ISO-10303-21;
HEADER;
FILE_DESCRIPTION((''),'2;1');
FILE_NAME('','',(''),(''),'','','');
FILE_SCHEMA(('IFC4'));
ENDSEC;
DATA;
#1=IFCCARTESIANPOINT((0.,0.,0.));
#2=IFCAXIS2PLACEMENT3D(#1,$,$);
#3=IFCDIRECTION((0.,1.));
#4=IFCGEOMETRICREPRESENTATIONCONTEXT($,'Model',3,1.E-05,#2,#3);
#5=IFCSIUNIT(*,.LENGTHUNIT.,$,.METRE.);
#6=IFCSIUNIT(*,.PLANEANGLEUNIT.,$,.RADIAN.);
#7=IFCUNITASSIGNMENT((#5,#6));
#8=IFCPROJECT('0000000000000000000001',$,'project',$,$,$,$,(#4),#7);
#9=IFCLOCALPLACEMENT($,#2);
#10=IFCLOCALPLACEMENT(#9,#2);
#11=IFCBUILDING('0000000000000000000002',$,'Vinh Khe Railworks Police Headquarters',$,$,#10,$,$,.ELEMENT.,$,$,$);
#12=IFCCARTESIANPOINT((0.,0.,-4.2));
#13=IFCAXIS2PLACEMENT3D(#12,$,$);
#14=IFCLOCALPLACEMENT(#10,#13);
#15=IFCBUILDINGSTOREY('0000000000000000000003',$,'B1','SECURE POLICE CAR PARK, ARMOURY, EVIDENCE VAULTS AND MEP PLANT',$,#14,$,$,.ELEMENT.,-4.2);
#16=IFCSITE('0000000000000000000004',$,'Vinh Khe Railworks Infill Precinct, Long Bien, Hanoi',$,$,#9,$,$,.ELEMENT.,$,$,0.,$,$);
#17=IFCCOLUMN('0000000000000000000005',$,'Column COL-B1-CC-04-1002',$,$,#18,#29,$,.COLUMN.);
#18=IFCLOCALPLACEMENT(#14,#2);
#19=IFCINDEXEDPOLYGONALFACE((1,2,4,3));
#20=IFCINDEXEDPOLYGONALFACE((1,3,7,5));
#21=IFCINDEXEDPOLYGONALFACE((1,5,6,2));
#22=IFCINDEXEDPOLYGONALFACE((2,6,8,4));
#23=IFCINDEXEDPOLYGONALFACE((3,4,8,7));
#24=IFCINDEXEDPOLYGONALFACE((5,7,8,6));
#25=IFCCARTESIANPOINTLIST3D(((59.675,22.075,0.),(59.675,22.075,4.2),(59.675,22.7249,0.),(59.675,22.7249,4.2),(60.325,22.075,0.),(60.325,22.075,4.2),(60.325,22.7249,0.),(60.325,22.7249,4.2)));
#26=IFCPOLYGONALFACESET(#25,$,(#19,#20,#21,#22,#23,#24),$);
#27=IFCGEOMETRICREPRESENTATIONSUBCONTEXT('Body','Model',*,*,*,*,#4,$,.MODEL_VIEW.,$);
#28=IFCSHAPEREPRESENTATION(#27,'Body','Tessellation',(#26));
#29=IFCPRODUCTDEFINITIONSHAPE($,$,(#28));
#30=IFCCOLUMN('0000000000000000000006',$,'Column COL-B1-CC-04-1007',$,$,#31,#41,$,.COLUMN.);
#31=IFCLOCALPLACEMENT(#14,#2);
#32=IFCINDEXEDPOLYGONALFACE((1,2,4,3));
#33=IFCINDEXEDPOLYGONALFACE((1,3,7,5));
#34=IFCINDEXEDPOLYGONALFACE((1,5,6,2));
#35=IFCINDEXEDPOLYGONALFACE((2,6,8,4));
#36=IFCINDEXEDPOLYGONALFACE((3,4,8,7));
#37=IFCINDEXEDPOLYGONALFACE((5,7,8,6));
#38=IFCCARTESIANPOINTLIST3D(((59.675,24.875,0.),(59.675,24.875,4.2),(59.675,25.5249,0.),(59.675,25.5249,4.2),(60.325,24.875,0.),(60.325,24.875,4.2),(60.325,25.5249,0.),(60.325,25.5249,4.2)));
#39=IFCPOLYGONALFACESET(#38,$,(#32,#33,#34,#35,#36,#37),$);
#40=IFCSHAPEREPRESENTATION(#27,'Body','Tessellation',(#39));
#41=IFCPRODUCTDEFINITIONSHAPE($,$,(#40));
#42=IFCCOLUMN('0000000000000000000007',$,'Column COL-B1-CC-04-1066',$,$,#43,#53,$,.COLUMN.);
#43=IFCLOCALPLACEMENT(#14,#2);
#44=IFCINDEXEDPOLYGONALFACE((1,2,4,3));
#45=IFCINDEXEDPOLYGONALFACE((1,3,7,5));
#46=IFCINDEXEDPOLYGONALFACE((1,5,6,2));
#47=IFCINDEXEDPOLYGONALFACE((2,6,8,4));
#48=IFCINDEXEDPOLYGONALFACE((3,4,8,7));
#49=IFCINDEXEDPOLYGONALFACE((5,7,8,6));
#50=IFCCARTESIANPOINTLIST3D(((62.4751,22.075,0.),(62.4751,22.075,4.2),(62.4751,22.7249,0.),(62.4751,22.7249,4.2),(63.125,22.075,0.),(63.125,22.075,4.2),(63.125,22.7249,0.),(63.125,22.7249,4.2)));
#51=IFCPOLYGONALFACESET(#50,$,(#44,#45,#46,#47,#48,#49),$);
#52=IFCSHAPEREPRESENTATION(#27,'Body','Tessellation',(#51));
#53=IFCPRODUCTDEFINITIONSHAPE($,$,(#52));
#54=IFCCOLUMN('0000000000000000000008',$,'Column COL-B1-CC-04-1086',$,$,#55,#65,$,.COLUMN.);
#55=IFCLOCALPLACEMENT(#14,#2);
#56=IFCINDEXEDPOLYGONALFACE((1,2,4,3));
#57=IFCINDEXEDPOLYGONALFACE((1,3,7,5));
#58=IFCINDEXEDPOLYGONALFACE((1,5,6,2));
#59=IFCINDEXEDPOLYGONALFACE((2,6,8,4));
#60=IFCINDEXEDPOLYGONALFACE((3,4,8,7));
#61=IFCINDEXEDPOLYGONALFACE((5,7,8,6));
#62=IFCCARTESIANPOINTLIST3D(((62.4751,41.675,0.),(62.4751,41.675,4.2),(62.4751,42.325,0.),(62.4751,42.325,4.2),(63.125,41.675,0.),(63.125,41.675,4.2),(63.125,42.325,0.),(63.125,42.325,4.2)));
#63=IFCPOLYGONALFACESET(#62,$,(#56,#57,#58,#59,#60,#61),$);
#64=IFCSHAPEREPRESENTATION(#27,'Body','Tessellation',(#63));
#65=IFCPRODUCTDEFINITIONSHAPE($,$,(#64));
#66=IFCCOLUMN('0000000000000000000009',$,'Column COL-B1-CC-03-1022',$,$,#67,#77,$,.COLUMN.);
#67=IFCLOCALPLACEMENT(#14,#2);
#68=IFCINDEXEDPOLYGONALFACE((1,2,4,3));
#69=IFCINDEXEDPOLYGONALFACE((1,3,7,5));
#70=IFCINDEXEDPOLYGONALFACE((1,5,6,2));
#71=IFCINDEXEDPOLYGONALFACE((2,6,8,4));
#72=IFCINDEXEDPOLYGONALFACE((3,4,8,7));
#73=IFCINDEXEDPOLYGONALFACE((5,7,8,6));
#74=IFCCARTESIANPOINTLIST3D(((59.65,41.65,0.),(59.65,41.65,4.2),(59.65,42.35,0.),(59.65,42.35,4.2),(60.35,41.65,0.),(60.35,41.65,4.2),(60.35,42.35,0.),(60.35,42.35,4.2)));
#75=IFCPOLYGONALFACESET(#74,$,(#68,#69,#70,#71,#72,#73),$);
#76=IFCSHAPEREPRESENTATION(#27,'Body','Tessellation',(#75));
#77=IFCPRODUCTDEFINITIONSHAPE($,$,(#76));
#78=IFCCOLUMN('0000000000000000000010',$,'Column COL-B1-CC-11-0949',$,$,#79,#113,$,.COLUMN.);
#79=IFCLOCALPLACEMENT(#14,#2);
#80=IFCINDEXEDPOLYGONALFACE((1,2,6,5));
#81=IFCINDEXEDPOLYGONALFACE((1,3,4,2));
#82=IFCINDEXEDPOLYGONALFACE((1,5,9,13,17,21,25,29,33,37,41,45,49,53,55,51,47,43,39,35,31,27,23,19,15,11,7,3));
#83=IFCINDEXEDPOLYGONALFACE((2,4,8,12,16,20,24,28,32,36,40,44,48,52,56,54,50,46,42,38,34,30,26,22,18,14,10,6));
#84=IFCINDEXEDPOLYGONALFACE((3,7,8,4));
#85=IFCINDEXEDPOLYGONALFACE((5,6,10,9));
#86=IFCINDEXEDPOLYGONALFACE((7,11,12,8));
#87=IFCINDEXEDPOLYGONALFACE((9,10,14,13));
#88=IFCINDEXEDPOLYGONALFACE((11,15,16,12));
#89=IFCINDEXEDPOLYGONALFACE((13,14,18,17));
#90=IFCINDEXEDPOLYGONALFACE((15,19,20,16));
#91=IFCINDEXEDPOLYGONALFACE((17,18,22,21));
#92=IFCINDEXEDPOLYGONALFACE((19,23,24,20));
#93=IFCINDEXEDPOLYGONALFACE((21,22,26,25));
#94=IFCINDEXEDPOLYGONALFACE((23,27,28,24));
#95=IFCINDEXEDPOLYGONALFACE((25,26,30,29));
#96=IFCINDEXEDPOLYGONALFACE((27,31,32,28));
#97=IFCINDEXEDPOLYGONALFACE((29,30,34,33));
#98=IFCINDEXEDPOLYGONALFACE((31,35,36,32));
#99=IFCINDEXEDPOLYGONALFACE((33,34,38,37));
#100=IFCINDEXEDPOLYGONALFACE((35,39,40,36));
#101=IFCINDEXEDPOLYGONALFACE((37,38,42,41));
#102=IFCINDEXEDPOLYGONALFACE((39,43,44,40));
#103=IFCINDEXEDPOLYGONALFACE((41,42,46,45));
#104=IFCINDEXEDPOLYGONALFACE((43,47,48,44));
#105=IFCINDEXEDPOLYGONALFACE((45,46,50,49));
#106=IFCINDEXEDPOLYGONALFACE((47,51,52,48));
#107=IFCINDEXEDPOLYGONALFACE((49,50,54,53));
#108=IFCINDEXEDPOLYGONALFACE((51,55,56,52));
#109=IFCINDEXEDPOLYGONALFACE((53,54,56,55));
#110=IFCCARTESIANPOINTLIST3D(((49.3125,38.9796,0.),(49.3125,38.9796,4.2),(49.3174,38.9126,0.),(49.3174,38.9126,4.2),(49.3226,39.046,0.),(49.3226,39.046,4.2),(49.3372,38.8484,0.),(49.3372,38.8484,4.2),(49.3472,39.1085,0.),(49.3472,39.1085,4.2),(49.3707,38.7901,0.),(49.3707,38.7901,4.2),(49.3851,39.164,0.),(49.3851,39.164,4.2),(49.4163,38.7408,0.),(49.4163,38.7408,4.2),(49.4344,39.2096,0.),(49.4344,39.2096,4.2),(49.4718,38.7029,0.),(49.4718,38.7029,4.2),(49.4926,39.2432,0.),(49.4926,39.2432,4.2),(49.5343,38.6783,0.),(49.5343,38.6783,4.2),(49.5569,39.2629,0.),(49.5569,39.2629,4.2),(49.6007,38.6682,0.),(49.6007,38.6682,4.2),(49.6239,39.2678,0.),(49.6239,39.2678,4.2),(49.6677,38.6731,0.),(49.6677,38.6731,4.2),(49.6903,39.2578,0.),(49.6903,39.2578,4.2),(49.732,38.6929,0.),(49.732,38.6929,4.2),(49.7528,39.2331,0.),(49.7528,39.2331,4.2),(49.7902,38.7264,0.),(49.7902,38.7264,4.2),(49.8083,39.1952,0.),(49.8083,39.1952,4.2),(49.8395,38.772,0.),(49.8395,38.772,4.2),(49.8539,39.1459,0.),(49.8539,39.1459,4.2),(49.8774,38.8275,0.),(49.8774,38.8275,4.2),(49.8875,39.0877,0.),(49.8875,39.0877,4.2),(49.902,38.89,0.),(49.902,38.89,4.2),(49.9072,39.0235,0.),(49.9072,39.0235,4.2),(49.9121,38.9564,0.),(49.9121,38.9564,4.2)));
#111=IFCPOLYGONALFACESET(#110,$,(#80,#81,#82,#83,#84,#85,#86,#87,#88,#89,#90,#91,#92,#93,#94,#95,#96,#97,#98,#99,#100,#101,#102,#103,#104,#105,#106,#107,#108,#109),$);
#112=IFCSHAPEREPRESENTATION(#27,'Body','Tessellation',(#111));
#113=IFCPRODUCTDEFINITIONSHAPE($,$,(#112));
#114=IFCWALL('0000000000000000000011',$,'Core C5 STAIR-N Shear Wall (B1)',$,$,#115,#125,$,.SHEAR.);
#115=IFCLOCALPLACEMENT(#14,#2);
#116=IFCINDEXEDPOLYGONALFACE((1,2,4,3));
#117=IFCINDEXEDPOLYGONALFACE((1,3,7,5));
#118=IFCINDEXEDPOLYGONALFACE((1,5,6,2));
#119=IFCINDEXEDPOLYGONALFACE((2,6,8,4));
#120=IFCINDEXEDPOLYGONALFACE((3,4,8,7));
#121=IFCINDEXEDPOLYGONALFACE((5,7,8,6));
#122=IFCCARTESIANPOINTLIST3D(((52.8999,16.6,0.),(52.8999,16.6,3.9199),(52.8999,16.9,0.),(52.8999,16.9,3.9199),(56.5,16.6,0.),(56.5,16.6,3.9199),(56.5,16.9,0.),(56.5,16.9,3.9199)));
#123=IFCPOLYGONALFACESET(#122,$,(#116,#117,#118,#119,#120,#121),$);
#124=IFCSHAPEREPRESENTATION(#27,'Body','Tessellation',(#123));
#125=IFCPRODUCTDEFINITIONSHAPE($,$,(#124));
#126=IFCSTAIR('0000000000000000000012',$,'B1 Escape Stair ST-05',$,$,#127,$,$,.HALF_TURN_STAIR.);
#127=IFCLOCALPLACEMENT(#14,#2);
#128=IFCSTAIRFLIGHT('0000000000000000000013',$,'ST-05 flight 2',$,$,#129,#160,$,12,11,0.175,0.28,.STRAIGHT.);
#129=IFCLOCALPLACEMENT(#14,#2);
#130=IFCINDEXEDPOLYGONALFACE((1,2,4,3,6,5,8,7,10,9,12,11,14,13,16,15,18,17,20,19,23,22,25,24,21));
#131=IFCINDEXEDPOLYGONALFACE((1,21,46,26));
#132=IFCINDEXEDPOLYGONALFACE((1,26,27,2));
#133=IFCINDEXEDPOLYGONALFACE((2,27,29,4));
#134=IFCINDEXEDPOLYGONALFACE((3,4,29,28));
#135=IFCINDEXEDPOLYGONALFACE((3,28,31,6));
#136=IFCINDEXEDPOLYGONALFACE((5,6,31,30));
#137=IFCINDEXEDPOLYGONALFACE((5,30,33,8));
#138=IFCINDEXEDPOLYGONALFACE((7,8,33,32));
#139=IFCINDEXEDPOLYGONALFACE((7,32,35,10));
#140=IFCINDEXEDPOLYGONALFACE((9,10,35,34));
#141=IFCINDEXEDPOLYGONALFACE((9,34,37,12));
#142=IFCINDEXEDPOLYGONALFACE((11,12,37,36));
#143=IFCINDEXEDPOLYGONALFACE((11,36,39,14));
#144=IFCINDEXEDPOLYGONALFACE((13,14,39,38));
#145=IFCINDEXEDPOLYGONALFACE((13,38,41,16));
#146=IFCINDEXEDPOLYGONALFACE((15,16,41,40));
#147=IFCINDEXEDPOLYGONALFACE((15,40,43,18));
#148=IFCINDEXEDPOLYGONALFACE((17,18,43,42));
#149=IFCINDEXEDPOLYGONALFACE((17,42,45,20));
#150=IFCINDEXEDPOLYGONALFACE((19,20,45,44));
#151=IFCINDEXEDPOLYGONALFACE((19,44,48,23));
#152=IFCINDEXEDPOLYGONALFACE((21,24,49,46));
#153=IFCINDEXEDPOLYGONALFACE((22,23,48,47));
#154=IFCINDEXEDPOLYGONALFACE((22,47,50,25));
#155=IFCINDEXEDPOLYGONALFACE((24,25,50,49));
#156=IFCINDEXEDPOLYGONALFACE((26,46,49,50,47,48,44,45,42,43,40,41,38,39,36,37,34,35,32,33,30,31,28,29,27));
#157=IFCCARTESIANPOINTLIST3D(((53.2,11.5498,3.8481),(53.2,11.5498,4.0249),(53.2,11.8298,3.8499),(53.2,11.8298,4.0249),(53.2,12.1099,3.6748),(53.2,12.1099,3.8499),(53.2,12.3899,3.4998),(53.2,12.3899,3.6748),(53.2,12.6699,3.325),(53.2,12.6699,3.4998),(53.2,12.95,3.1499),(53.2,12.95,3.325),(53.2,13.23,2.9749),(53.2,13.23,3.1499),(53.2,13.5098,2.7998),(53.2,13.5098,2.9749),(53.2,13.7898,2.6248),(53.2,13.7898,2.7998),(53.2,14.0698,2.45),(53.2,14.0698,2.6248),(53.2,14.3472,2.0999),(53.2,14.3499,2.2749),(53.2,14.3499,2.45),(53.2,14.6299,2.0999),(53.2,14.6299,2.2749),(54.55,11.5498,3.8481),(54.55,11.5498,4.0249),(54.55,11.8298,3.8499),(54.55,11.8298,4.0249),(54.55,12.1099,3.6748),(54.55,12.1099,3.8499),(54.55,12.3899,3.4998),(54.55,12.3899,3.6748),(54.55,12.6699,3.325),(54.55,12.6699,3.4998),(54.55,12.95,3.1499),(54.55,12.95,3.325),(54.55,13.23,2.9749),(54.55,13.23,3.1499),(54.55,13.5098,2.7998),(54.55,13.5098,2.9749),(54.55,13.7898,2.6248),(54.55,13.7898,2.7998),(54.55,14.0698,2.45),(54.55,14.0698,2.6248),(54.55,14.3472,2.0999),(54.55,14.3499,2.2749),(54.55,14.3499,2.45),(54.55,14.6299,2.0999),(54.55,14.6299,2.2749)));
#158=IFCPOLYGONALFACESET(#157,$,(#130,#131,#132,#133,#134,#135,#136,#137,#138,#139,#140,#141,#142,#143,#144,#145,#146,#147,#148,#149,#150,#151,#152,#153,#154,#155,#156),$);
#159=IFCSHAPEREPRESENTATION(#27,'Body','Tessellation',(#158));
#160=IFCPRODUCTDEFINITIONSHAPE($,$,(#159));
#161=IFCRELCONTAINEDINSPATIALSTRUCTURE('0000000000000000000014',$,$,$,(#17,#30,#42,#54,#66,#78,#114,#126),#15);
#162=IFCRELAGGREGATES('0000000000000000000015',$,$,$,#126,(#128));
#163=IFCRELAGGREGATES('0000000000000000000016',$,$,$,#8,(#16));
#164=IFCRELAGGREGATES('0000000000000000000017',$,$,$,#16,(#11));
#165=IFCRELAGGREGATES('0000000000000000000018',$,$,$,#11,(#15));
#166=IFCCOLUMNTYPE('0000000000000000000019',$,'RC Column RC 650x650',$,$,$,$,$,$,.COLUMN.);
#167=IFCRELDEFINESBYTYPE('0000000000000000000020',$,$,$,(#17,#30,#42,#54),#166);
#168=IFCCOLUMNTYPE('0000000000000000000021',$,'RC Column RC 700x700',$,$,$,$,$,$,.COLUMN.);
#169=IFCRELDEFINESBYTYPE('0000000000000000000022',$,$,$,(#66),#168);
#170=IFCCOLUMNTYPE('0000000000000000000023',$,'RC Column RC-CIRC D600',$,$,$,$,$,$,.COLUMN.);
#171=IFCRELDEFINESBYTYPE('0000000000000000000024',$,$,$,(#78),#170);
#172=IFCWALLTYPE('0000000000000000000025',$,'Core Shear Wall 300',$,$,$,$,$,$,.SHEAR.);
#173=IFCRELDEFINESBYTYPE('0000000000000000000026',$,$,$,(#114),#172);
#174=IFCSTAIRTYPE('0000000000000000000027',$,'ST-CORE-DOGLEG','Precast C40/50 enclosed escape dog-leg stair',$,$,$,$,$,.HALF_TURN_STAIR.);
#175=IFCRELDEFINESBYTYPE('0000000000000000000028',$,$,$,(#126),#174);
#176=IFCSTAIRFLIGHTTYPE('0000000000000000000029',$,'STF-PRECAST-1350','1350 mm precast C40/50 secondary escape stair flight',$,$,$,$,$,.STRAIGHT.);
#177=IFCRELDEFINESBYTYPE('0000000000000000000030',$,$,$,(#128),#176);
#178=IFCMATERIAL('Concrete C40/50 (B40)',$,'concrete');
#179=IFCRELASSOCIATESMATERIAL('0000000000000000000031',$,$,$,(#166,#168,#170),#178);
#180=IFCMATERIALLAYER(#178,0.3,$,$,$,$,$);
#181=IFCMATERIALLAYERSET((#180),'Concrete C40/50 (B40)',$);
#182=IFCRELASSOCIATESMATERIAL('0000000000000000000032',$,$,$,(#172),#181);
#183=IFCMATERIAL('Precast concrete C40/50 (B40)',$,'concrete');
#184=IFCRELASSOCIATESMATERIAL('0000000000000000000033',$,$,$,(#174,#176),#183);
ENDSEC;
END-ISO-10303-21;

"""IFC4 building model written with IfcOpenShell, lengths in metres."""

from ifc_helpers import new_model, si_unit, direction, frame, frame_2d, origin, origin_2d, place, context, subcontext, project, spatial, polyline, rectangle, circle, outline, extrude, material, layer, layer_set, material_profile, profile_set, type_object, element, aggregate, save


model = new_model("IFC4")

# Units and contexts
model_context = context("Model", 3, precision=1e-05, world=origin(), true_north=direction((0.0, 1.0)))
body_context = subcontext(model_context, "Body", "Model", "MODEL_VIEW")
ifc_project = project(units=[si_unit("LENGTHUNIT", "METRE"), si_unit("PLANEANGLEUNIT", "RADIAN")], contexts=[model_context])

# Site, building, storey
site_placement = place(None, origin())
site = spatial("IfcSite", under=ifc_project, at=site_placement, Name="Vinh Khe Railworks Infill Precinct, Long Bien, Hanoi", CompositionType="ELEMENT", RefElevation=0.0)
building_placement = place(site_placement, origin())
building = spatial("IfcBuilding", under=site, at=building_placement, Name="Vinh Khe Railworks Police Headquarters", CompositionType="ELEMENT")
storey_placement = place(building_placement, frame((0.0, 0.0, -4.2)))
storey = spatial("IfcBuildingStorey", under=building, at=storey_placement, Name="B1", Description="SECURE POLICE CAR PARK, ARMOURY, EVIDENCE VAULTS AND MEP PLANT", CompositionType="ELEMENT", Elevation=-4.2)

# Columns
ifc_material_1 = material(Name="Concrete C40/50 (B40)", Category="concrete")
ifc_material_profile_1 = material_profile(ifc_material_1, rectangle(XDim=0.6499, YDim=0.6499, at=origin_2d()), Name="RC 650x650")
ifc_profile_set_1 = profile_set([ifc_material_profile_1], Name="Concrete C40/50 (B40)")
column_type_1 = type_object("IfcColumnType", Name="RC Column RC 650x650", PredefinedType="COLUMN", material=ifc_profile_set_1)
for number, where, z_axis, x_axis, name in (
    (1, (60.0, 22.3999, 0.0), (0.0, 0.0, 1.0), (1.0, 0.0, 0.0), "Column COL-B1-CC-04-1002"),
    (2, (60.0, 25.2, 0.0), (0.0, 0.0, 1.0), (1.0, 0.0, 0.0), "Column COL-B1-CC-04-1007"),
    (3, (62.8, 22.3999, 0.0), (0.0, 0.0, 1.0), (1.0, 0.0, 0.0), "Column COL-B1-CC-04-1066"),
    (4, (62.8, 42.0, 0.0), (0.0, 0.0, 1.0), (1.0, 0.0, 0.0), "Column COL-B1-CC-04-1086"),
):
    element("IfcColumn", number, at=place(storey_placement, frame(where, z_axis=z_axis, x_axis=x_axis)), inside=storey, type_object=column_type_1, Name=name, PredefinedType="COLUMN", context=body_context, shape_type="SweptSolid", body=[
        extrude(rectangle(XDim=0.6499, YDim=0.6499, at=origin_2d()), origin(), (0.0, 0.0, 1.0), 4.2),
    ])
ifc_material_profile_2 = material_profile(ifc_material_1, rectangle(XDim=0.7, YDim=0.7, at=origin_2d()), Name="RC 700x700")
ifc_profile_set_2 = profile_set([ifc_material_profile_2], Name="Concrete C40/50 (B40)")
column_type_2 = type_object("IfcColumnType", Name="RC Column RC 700x700", PredefinedType="COLUMN", material=ifc_profile_set_2)
column_1_placement = place(storey_placement, frame((60.0, 42.0, 0.0), z_axis=(0.0, 0.0, 1.0), x_axis=(1.0, 0.0, 0.0)))
element("IfcColumn", 5, at=column_1_placement, inside=storey, type_object=column_type_2, Name="Column COL-B1-CC-03-1022", PredefinedType="COLUMN", context=body_context, shape_type="SweptSolid", body=[
    extrude(rectangle(XDim=0.7, YDim=0.7, at=origin_2d()), origin(), (0.0, 0.0, 1.0), 4.2),
])
ifc_material_profile_3 = material_profile(ifc_material_1, circle(Radius=0.3, at=origin_2d()), Name="RC-CIRC D600")
ifc_profile_set_3 = profile_set([ifc_material_profile_3], Name="Concrete C40/50 (B40)")
column_type_3 = type_object("IfcColumnType", Name="RC Column RC-CIRC D600", PredefinedType="COLUMN", material=ifc_profile_set_3)
for number, where, z_axis, x_axis, name in (
    (6, (49.6123, 38.968, 0.0), (0.0, 0.0, 1.0), (0.999256, -0.038562, 0.0), "Column COL-B1-CC-11-0949"),
):
    element("IfcColumn", number, at=place(storey_placement, frame(where, z_axis=z_axis, x_axis=x_axis)), inside=storey, type_object=column_type_3, Name=name, PredefinedType="COLUMN", context=body_context, shape_type="SweptSolid", body=[
        extrude(circle(Radius=0.3, at=origin_2d()), origin(), (0.0, 0.0, 1.0), 4.2),
    ])

# Wall
ifc_layer = layer(ifc_material_1, 0.3)
ifc_layer_set = layer_set([ifc_layer], Name="Concrete C40/50 (B40)")
wall_type = type_object("IfcWallType", Name="Core Shear Wall 300", PredefinedType="SHEAR", material=ifc_layer_set)
wall_placement = place(storey_placement, frame((52.8999, 16.75, 0.0), z_axis=(0.0, 0.0, 1.0), x_axis=(1.0, 0.0, 0.0)))
element("IfcWall", 7, at=wall_placement, inside=storey, type_object=wall_type, Name="Core C5 STAIR-N Shear Wall (B1)", PredefinedType="SHEAR", context=body_context, shape_type="SweptSolid", body=[
    extrude(rectangle(XDim=3.6001, YDim=0.3, at=frame_2d((1.8, 0.0))), origin(), (0.0, 0.0, 1.0), 3.9199),
])

# Stair, stair flight
ifc_material_2 = material(Name="Precast concrete C40/50 (B40)", Category="concrete")
stair_type = type_object("IfcStairType", Name="ST-CORE-DOGLEG", Description="Precast C40/50 enclosed escape dog-leg stair", PredefinedType="HALF_TURN_STAIR", material=ifc_material_2)
stair_placement = place(storey_placement, origin())
stair = element("IfcStair", 8, at=stair_placement, inside=storey, type_object=stair_type, Name="B1 Escape Stair ST-05", PredefinedType="HALF_TURN_STAIR")
stair_flight_type = type_object("IfcStairFlightType", Name="STF-PRECAST-1350", Description="1350 mm precast C40/50 secondary escape stair flight", PredefinedType="STRAIGHT", material=ifc_material_2)
stair_flight_placement = place(storey_placement, frame((53.875, 14.6299, 2.0999), z_axis=(0.0, 0.0, 1.0), x_axis=(0.0, -1.0, 0.0)))
stair_flight = element("IfcStairFlight", 9, at=stair_flight_placement, type_object=stair_flight_type, Name="ST-05 flight 2", NumberOfRisers=12, NumberOfTreads=11, PredefinedType="STRAIGHT", RiserHeight=0.175, TreadLength=0.28, context=body_context, shape_type="SweptSolid", body=[
    extrude(outline(polyline([(0.0, 0.0), (0.0, 0.175), (0.28, 0.175), (0.28, 0.3501), (0.5601, 0.3501), (0.5601, 0.5249), (0.8401, 0.5249), (0.8401, 0.7), (1.1201, 0.7), (1.1201, 0.875), (1.3999, 0.875), (1.3999, 1.05), (1.6799, 1.05), (1.6799, 1.2251), (1.96, 1.2251), (1.96, 1.3999), (2.24, 1.3999), (2.24, 1.575), (2.52, 1.575), (2.52, 1.75), (2.8, 1.75), (2.8, 1.925), (3.0801, 1.925), (3.0801, 2.1001), (3.0801, 1.7483), (0.2827, 0.0), (0.0, 0.0)])), frame((0.0, 0.675, 0.0), z_axis=(0.0, -1.0, 0.0), x_axis=(1.0, 0.0, 0.0)), (0.0, 0.0, 1.0), 1.3501),
])
aggregate(stair, [stair_flight])

save(model, "model.ifc")
